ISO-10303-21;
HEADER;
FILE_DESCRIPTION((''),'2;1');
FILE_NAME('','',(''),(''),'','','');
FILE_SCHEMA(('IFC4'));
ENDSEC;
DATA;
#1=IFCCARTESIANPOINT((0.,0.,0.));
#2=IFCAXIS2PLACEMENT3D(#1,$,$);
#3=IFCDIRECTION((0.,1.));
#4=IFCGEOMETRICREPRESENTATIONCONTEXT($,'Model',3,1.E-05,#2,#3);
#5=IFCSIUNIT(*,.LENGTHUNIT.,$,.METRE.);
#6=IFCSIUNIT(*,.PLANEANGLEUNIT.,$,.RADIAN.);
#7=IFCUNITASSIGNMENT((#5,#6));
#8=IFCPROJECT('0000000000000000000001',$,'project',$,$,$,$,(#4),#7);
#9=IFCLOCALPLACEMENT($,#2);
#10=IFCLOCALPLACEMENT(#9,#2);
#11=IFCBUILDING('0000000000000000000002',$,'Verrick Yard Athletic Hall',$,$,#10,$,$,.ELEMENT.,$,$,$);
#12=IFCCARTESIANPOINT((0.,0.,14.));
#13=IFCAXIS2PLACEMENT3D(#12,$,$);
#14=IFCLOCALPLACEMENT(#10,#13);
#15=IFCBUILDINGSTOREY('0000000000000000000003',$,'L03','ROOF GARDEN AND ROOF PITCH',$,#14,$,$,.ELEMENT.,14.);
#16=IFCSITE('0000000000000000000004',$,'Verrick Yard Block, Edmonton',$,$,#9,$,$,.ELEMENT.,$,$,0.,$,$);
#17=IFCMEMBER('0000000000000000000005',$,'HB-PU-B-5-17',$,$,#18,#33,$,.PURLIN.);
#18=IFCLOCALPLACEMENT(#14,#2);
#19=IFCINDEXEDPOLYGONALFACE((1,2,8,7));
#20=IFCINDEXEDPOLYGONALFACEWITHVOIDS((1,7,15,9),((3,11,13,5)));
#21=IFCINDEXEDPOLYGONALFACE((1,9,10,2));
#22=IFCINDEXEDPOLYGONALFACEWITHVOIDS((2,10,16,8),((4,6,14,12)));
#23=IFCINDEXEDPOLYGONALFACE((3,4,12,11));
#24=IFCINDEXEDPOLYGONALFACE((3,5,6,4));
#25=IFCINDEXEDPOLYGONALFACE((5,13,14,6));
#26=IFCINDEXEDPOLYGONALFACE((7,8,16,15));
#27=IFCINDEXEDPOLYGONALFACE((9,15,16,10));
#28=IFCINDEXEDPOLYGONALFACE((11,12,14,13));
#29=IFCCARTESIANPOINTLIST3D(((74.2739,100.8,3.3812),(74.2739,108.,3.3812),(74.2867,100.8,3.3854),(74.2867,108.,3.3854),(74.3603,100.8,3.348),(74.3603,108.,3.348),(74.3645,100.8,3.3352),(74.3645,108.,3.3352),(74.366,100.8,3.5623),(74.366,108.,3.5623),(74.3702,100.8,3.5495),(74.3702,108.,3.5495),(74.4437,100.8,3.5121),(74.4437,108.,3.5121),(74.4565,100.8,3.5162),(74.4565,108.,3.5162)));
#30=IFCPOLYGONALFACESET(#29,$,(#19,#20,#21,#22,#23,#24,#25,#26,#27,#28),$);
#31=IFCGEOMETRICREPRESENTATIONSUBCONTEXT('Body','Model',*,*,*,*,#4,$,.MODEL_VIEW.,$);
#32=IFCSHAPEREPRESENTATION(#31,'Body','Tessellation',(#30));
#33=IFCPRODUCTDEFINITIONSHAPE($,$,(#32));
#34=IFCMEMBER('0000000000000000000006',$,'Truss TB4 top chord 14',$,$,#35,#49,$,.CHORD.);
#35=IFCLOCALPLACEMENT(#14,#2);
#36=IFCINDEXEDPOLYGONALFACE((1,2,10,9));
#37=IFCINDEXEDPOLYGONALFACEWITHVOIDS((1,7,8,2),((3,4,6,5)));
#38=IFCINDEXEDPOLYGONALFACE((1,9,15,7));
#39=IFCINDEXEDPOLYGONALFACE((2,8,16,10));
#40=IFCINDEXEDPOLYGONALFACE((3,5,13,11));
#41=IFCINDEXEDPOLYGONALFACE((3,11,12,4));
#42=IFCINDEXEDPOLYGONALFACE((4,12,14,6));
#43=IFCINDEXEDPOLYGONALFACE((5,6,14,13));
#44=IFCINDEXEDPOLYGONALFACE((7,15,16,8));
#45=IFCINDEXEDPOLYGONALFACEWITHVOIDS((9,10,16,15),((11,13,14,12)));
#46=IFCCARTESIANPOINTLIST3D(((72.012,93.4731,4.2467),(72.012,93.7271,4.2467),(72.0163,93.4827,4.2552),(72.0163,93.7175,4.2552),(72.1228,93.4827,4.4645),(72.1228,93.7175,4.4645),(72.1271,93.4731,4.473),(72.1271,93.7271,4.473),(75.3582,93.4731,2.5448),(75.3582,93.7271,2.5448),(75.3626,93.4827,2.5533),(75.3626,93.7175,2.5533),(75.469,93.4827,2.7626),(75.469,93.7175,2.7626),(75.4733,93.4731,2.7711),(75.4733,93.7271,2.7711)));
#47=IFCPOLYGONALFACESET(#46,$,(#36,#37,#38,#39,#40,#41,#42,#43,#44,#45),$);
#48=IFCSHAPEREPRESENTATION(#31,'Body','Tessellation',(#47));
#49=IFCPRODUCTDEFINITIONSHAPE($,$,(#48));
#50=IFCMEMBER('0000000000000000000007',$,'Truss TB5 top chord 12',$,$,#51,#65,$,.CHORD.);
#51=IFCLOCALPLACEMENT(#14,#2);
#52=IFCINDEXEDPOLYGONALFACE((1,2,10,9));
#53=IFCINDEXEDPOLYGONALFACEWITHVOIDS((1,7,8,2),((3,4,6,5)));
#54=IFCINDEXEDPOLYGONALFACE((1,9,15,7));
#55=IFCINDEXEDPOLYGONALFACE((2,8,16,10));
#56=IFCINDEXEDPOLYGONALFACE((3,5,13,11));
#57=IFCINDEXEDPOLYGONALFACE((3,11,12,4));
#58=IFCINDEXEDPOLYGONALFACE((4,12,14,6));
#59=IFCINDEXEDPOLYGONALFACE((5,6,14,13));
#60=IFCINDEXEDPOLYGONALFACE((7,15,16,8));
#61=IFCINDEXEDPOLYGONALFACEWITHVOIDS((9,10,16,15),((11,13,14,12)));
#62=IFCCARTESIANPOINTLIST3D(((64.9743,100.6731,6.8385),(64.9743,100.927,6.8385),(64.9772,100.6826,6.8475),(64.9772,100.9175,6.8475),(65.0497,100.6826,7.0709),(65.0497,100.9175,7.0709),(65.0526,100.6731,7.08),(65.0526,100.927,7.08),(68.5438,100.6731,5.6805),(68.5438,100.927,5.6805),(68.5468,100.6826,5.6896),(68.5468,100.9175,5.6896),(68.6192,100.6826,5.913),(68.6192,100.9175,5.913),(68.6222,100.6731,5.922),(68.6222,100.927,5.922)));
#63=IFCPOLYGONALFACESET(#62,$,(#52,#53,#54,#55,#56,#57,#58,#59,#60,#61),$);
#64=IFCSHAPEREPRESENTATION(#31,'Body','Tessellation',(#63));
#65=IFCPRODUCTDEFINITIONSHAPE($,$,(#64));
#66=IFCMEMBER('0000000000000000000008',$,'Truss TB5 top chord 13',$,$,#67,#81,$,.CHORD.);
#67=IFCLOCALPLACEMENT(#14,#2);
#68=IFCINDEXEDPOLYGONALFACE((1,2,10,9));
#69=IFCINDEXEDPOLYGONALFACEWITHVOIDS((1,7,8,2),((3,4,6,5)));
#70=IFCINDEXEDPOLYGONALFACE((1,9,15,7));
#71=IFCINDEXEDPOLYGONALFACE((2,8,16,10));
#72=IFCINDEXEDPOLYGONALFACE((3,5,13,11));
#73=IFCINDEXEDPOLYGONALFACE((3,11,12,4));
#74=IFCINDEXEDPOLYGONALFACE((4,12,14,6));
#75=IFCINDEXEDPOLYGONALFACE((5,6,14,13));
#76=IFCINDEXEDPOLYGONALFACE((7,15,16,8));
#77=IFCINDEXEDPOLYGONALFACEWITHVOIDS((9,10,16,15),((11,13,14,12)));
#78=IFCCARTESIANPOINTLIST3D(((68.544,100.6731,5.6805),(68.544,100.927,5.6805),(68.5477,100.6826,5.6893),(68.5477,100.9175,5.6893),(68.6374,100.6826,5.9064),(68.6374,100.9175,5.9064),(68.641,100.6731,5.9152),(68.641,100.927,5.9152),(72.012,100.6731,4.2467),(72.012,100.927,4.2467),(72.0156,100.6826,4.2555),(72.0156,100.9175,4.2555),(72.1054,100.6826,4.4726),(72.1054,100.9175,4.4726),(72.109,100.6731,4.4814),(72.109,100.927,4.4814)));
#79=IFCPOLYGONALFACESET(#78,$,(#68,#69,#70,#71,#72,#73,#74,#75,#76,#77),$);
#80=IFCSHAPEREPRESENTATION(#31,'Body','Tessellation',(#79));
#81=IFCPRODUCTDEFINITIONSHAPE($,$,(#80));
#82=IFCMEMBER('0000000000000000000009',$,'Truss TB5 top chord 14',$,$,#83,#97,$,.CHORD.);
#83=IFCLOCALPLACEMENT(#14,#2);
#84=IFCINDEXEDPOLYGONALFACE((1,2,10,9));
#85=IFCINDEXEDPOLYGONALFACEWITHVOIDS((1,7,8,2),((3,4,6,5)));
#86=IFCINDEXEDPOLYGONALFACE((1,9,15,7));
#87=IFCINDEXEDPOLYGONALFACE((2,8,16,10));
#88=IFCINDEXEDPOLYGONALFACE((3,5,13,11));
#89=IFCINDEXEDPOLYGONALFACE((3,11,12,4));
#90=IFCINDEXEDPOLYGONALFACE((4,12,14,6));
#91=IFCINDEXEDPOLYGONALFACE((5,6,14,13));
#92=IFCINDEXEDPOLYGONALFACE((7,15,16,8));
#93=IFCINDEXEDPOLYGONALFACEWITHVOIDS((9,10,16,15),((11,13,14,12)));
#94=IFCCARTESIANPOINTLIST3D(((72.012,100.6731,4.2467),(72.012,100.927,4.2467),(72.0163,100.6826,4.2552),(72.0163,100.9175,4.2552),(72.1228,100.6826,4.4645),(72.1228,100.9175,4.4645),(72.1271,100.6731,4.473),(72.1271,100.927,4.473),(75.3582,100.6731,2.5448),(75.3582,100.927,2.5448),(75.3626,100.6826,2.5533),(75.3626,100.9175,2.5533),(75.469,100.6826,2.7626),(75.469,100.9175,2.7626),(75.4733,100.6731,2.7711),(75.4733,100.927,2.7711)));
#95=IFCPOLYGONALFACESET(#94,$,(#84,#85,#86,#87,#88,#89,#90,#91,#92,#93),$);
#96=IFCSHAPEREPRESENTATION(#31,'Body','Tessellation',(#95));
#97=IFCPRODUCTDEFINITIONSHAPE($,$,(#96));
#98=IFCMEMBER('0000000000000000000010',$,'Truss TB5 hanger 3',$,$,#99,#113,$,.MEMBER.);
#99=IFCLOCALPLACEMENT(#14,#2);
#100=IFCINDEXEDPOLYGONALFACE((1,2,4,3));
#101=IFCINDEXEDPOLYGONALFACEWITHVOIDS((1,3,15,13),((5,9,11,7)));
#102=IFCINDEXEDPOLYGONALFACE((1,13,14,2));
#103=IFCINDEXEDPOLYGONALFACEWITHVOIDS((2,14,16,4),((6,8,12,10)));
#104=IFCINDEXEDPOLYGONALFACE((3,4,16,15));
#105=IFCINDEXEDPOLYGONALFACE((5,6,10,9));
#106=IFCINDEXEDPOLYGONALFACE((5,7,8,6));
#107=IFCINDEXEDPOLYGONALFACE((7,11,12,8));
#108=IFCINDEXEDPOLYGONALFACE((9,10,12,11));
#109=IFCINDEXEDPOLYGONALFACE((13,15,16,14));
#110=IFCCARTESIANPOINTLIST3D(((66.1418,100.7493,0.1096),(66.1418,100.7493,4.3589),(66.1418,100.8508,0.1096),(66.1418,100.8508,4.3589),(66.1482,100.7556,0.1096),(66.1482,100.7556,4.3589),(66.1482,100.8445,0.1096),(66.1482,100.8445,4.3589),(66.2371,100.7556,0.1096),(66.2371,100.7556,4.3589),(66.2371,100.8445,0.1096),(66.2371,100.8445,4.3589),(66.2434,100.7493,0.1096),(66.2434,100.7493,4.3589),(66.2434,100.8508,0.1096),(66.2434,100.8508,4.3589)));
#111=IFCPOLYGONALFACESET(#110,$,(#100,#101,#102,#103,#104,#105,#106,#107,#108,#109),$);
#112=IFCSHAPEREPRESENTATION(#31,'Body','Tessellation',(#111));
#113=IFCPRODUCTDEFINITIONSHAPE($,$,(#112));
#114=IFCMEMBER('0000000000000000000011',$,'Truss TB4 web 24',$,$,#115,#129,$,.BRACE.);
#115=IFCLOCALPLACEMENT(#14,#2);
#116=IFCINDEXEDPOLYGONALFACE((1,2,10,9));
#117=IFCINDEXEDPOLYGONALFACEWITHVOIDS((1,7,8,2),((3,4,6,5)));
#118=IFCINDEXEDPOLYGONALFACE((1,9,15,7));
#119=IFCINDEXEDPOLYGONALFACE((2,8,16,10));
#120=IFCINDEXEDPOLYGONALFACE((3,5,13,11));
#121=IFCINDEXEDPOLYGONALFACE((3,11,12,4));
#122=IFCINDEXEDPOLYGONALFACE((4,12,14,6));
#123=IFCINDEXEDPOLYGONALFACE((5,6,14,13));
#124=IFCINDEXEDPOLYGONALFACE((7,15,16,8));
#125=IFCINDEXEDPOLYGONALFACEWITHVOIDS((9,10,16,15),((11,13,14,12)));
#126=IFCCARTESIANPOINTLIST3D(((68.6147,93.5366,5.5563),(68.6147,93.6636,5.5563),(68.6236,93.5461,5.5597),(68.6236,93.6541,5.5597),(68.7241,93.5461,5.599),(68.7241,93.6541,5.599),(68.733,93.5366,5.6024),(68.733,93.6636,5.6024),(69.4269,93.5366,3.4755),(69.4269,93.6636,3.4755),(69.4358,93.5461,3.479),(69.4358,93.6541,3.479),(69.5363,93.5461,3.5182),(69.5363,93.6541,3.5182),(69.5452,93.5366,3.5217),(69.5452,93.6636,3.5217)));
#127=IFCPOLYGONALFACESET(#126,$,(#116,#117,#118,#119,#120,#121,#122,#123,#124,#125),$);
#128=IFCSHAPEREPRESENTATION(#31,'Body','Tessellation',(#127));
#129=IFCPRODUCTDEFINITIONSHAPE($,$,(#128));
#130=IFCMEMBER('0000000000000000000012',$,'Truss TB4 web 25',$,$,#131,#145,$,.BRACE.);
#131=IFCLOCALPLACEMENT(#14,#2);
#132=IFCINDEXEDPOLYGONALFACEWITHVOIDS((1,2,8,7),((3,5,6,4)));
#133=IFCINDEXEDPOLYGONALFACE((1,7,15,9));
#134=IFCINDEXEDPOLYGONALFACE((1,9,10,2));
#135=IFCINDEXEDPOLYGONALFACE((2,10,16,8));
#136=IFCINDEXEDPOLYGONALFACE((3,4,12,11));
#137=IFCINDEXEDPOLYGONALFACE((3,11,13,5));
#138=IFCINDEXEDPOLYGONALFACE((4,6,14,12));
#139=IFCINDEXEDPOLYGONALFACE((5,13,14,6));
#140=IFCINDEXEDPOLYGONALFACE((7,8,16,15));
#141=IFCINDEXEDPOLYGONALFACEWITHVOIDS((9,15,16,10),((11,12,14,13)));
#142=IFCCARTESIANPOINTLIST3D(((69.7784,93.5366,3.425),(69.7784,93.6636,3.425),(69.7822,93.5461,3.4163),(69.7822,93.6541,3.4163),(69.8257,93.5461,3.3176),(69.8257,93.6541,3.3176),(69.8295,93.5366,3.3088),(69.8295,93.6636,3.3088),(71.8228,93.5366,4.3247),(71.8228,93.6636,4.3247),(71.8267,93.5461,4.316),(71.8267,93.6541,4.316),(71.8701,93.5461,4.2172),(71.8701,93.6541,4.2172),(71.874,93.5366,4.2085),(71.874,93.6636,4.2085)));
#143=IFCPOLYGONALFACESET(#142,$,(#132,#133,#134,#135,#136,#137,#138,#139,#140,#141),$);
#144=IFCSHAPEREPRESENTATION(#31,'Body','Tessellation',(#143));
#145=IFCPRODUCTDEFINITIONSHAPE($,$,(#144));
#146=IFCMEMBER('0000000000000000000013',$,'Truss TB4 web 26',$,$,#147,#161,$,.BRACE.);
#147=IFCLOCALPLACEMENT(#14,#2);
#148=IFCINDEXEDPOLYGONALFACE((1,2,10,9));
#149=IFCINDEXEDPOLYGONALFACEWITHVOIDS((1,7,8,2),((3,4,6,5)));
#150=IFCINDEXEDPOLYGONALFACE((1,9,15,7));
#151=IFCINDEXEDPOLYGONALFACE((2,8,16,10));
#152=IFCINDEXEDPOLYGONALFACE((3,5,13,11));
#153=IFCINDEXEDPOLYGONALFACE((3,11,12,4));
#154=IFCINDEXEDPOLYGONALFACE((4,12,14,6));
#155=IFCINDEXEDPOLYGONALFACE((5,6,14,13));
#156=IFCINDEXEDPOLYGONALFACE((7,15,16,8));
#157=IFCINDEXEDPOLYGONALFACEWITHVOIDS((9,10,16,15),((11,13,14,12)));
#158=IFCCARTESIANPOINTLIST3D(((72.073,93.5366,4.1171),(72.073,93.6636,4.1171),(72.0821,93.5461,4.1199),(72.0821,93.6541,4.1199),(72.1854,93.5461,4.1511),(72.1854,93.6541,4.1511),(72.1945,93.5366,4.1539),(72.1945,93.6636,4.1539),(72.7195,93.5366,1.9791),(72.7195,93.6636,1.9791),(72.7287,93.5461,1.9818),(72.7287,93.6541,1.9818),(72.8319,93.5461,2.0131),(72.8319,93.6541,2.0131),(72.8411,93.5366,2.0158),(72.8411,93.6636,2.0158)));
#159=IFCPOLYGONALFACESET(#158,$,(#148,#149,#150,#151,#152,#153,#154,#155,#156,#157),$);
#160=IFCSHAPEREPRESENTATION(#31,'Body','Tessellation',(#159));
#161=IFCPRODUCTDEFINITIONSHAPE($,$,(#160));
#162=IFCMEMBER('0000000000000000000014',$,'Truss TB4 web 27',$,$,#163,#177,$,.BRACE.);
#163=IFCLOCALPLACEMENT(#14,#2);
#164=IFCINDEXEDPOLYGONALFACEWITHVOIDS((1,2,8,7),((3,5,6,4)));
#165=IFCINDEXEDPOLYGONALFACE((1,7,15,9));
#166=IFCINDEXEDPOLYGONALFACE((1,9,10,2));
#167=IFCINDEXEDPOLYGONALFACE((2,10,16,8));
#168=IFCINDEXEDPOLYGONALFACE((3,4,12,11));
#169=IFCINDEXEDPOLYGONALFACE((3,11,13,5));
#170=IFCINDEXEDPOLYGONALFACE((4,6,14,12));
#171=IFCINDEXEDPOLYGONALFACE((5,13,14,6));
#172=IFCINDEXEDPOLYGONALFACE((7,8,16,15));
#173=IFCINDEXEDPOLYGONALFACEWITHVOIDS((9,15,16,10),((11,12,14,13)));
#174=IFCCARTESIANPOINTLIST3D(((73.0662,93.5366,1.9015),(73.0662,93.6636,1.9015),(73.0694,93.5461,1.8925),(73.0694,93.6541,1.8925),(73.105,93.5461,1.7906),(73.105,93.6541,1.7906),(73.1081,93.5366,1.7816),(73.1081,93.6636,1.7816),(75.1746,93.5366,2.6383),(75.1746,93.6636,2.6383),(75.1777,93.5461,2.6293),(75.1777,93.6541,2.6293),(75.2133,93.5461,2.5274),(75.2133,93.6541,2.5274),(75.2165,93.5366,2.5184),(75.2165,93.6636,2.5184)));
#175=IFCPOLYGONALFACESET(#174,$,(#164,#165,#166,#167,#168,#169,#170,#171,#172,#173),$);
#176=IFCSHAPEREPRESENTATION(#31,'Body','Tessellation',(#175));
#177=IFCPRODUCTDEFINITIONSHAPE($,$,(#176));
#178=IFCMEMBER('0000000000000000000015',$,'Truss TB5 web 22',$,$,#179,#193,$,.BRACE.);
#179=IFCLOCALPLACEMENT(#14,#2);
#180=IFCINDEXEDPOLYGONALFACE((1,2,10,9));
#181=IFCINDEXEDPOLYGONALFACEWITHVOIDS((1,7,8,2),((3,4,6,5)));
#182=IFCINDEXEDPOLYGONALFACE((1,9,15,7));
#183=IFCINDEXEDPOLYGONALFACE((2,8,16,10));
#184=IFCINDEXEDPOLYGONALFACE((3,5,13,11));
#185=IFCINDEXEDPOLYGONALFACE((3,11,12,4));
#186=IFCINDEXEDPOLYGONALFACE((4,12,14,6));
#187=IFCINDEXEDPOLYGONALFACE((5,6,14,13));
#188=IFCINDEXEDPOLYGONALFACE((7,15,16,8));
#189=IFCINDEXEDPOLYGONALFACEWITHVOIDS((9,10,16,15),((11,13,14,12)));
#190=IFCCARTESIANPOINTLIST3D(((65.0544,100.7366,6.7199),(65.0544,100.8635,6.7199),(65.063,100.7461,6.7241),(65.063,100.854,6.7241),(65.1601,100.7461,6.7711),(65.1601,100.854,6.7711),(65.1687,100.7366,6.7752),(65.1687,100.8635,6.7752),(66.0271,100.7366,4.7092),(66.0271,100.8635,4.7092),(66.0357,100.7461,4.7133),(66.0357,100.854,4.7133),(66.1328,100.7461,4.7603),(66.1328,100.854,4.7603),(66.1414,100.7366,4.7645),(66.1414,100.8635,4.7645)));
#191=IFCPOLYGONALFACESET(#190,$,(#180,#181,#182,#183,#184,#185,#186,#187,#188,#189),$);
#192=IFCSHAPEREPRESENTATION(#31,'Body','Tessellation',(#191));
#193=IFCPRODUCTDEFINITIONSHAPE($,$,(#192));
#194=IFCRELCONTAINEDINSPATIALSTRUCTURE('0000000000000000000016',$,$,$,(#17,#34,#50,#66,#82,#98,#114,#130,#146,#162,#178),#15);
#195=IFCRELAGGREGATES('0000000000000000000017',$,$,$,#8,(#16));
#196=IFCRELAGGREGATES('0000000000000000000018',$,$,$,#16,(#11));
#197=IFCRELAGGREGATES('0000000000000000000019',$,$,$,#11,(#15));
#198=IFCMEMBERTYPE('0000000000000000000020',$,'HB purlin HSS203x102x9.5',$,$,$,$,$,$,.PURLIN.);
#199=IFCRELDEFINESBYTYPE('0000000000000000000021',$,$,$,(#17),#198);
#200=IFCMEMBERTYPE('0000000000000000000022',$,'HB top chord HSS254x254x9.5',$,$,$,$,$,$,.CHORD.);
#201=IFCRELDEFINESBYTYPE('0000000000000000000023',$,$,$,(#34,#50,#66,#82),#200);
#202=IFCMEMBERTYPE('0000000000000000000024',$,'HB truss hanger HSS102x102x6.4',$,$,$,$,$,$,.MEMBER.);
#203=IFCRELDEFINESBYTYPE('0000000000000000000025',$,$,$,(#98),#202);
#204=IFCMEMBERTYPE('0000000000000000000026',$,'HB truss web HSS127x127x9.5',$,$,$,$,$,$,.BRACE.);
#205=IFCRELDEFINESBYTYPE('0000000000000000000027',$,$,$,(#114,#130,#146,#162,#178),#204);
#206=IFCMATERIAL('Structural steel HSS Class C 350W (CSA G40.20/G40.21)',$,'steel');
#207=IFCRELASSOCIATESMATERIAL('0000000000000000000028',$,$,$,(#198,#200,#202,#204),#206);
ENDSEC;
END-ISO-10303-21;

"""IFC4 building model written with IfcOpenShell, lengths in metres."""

from ifc_helpers import new_model, si_unit, direction, frame, origin, origin_2d, place, context, subcontext, project, spatial, hollow_rectangle, extrude, material, material_profile, profile_set, type_object, element, save


model = new_model("IFC4")

# Units and contexts
model_context = context("Model", 3, precision=1e-05, world=origin(), true_north=direction((0.0, 1.0)))
body_context = subcontext(model_context, "Body", "Model", "MODEL_VIEW")
ifc_project = project(units=[si_unit("LENGTHUNIT", "METRE"), si_unit("PLANEANGLEUNIT", "RADIAN")], contexts=[model_context])

# Site, building, storey
site_placement = place(None, origin())
site = spatial("IfcSite", under=ifc_project, at=site_placement, Name="Verrick Yard Block, Edmonton", CompositionType="ELEMENT", RefElevation=0.0)
building_placement = place(site_placement, origin())
building = spatial("IfcBuilding", under=site, at=building_placement, Name="Verrick Yard Athletic Hall", CompositionType="ELEMENT")
storey_placement = place(building_placement, frame((0.0, 0.0, 14.0)))
storey = spatial("IfcBuildingStorey", under=building, at=storey_placement, Name="L03", Description="ROOF GARDEN AND ROOF PITCH", CompositionType="ELEMENT", Elevation=14.0)

# Members
ifc_material_1 = material(Name="Structural steel HSS Class C 350W (CSA G40.20/G40.21)", Category="steel")
ifc_material_profile_1 = material_profile(ifc_material_1, hollow_rectangle(XDim=0.1016, YDim=0.2031, WallThickness=0.0095, at=origin_2d()), Name="HSS203x102x9.5")
ifc_profile_set_1 = profile_set([ifc_material_profile_1], Name="Structural steel HSS Class C 350W (CSA G40.20/G40.21)")
member_type_1 = type_object("IfcMemberType", Name="HB purlin HSS203x102x9.5", PredefinedType="PURLIN", material=ifc_profile_set_1)
for number, where, z_axis, x_axis, name in (
    (1, (74.3652, 100.8, 3.4487), (0.0, 1.0, 0.0), (-0.891353, 0.0, 0.45331), "HB-PU-B-5-17"),
):
    element("IfcMember", number, at=place(storey_placement, frame(where, z_axis=z_axis, x_axis=x_axis)), inside=storey, type_object=member_type_1, Name=name, PredefinedType="PURLIN", context=body_context, shape_type="SweptSolid", body=[
        extrude(hollow_rectangle(XDim=0.1016, YDim=0.2031, WallThickness=0.0095, at=origin_2d()), origin(), (0.0, 0.0, 1.0), 7.2),
    ])
ifc_material_profile_2 = material_profile(ifc_material_1, hollow_rectangle(XDim=0.2539, YDim=0.2539, WallThickness=0.0095, at=origin_2d()), Name="HSS254x254x9.5")
ifc_profile_set_2 = profile_set([ifc_material_profile_2], Name="Structural steel HSS Class C 350W (CSA G40.20/G40.21)")
member_type_2 = type_object("IfcMemberType", Name="HB top chord HSS254x254x9.5", PredefinedType="CHORD", material=ifc_profile_set_2)
member_1_placement = place(storey_placement, frame((72.0696, 93.6001, 4.3599), z_axis=(0.891337, 0.0, -0.453342), x_axis=(0.0, 1.0, 0.0)))
element("IfcMember", 2, at=member_1_placement, inside=storey, type_object=member_type_2, Name="Truss TB4 top chord 14", PredefinedType="CHORD", context=body_context, shape_type="SweptSolid", body=[
    extrude(hollow_rectangle(XDim=0.2539, YDim=0.2539, WallThickness=0.0095, at=origin_2d()), origin(), (0.0, 0.0, 1.0), 3.7542),
])
for number, where, z_axis, x_axis, name in (
    (3, (65.0134, 100.8, 6.9592), (0.951203, 0.0, -0.308567), (0.0, 1.0, 0.0), "Truss TB5 top chord 12"),
    (4, (68.5925, 100.8, 5.7979), (0.92413, 0.0, -0.382078), (0.0, 1.0, 0.0), "Truss TB5 top chord 13"),
):
    element("IfcMember", number, at=place(storey_placement, frame(where, z_axis=z_axis, x_axis=x_axis)), inside=storey, type_object=member_type_2, Name=name, PredefinedType="CHORD", context=body_context, shape_type="SweptSolid", body=[
        extrude(hollow_rectangle(XDim=0.2539, YDim=0.2539, WallThickness=0.0095, at=origin_2d()), origin(), (0.0, 0.0, 1.0), 3.7527),
    ])
member_2_placement = place(storey_placement, frame((72.0696, 100.8, 4.3599), z_axis=(0.891337, 0.0, -0.453342), x_axis=(0.0, 1.0, 0.0)))
element("IfcMember", 5, at=member_2_placement, inside=storey, type_object=member_type_2, Name="Truss TB5 top chord 14", PredefinedType="CHORD", context=body_context, shape_type="SweptSolid", body=[
    extrude(hollow_rectangle(XDim=0.2539, YDim=0.2539, WallThickness=0.0095, at=origin_2d()), origin(), (0.0, 0.0, 1.0), 3.7542),
])
ifc_material_profile_3 = material_profile(ifc_material_1, hollow_rectangle(XDim=0.1016, YDim=0.1016, WallThickness=0.0063, at=origin_2d()), Name="HSS102x102x6.4")
ifc_profile_set_3 = profile_set([ifc_material_profile_3], Name="Structural steel HSS Class C 350W (CSA G40.20/G40.21)")
member_type_3 = type_object("IfcMemberType", Name="HB truss hanger HSS102x102x6.4", PredefinedType="MEMBER", material=ifc_profile_set_3)
member_3_placement = place(storey_placement, frame((66.1926, 100.8, 4.3589), z_axis=(0.0, 0.0, -1.0), x_axis=(0.0, -1.0, 0.0)))
element("IfcMember", 6, at=member_3_placement, inside=storey, type_object=member_type_3, Name="Truss TB5 hanger 3", PredefinedType="MEMBER", context=body_context, shape_type="SweptSolid", body=[
    extrude(hollow_rectangle(XDim=0.1016, YDim=0.1016, WallThickness=0.0063, at=origin_2d()), origin(), (0.0, 0.0, 1.0), 4.2493),
])
ifc_material_profile_4 = material_profile(ifc_material_1, hollow_rectangle(XDim=0.127, YDim=0.127, WallThickness=0.0095, at=origin_2d()), Name="HSS127x127x9.5")
ifc_profile_set_4 = profile_set([ifc_material_profile_4], Name="Structural steel HSS Class C 350W (CSA G40.20/G40.21)")
member_type_4 = type_object("IfcMemberType", Name="HB truss web HSS127x127x9.5", PredefinedType="BRACE", material=ifc_profile_set_4)
for number, where, z_axis, x_axis, name in (
    (7, (68.6738, 93.6001, 5.5793), (0.363633, 0.0, -0.931542), (0.0, 1.0, 0.0), "Truss TB4 web 24"),
    (8, (69.804, 93.6001, 3.3669), (0.915297, 0.0, 0.402779), (0.0, 1.0, 0.0), "Truss TB4 web 25"),
    (9, (72.1338, 93.6001, 4.1355), (0.289443, 0.0, -0.957195), (0.0, 1.0, 0.0), "Truss TB4 web 26"),
):
    element("IfcMember", number, at=place(storey_placement, frame(where, z_axis=z_axis, x_axis=x_axis)), inside=storey, type_object=member_type_4, Name=name, PredefinedType="BRACE", context=body_context, shape_type="SweptSolid", body=[
        extrude(hollow_rectangle(XDim=0.127, YDim=0.127, WallThickness=0.0095, at=origin_2d()), origin(), (0.0, 0.0, 1.0), 2.2336),
    ])
member_4_placement = place(storey_placement, frame((73.0872, 93.6001, 1.8416), z_axis=(0.944015, 0.0, 0.329902), x_axis=(0.0, 1.0, 0.0)))
element("IfcMember", 10, at=member_4_placement, inside=storey, type_object=member_type_4, Name="Truss TB4 web 27", PredefinedType="BRACE", context=body_context, shape_type="SweptSolid", body=[
    extrude(hollow_rectangle(XDim=0.127, YDim=0.127, WallThickness=0.0095, at=origin_2d()), origin(), (0.0, 0.0, 1.0), 2.2334),
])
for number, where, z_axis, x_axis, name in (
    (11, (65.1116, 100.8, 6.7476), (0.435458, 0.0, -0.900209), (0.0, 1.0, 0.0), "Truss TB5 web 22"),
):
    element("IfcMember", number, at=place(storey_placement, frame(where, z_axis=z_axis, x_axis=x_axis)), inside=storey, type_object=member_type_4, Name=name, PredefinedType="BRACE", context=body_context, shape_type="SweptSolid", body=[
        extrude(hollow_rectangle(XDim=0.127, YDim=0.127, WallThickness=0.0095, at=origin_2d()), origin(), (0.0, 0.0, 1.0), 2.2336),
    ])

save(model, "model.ifc")
